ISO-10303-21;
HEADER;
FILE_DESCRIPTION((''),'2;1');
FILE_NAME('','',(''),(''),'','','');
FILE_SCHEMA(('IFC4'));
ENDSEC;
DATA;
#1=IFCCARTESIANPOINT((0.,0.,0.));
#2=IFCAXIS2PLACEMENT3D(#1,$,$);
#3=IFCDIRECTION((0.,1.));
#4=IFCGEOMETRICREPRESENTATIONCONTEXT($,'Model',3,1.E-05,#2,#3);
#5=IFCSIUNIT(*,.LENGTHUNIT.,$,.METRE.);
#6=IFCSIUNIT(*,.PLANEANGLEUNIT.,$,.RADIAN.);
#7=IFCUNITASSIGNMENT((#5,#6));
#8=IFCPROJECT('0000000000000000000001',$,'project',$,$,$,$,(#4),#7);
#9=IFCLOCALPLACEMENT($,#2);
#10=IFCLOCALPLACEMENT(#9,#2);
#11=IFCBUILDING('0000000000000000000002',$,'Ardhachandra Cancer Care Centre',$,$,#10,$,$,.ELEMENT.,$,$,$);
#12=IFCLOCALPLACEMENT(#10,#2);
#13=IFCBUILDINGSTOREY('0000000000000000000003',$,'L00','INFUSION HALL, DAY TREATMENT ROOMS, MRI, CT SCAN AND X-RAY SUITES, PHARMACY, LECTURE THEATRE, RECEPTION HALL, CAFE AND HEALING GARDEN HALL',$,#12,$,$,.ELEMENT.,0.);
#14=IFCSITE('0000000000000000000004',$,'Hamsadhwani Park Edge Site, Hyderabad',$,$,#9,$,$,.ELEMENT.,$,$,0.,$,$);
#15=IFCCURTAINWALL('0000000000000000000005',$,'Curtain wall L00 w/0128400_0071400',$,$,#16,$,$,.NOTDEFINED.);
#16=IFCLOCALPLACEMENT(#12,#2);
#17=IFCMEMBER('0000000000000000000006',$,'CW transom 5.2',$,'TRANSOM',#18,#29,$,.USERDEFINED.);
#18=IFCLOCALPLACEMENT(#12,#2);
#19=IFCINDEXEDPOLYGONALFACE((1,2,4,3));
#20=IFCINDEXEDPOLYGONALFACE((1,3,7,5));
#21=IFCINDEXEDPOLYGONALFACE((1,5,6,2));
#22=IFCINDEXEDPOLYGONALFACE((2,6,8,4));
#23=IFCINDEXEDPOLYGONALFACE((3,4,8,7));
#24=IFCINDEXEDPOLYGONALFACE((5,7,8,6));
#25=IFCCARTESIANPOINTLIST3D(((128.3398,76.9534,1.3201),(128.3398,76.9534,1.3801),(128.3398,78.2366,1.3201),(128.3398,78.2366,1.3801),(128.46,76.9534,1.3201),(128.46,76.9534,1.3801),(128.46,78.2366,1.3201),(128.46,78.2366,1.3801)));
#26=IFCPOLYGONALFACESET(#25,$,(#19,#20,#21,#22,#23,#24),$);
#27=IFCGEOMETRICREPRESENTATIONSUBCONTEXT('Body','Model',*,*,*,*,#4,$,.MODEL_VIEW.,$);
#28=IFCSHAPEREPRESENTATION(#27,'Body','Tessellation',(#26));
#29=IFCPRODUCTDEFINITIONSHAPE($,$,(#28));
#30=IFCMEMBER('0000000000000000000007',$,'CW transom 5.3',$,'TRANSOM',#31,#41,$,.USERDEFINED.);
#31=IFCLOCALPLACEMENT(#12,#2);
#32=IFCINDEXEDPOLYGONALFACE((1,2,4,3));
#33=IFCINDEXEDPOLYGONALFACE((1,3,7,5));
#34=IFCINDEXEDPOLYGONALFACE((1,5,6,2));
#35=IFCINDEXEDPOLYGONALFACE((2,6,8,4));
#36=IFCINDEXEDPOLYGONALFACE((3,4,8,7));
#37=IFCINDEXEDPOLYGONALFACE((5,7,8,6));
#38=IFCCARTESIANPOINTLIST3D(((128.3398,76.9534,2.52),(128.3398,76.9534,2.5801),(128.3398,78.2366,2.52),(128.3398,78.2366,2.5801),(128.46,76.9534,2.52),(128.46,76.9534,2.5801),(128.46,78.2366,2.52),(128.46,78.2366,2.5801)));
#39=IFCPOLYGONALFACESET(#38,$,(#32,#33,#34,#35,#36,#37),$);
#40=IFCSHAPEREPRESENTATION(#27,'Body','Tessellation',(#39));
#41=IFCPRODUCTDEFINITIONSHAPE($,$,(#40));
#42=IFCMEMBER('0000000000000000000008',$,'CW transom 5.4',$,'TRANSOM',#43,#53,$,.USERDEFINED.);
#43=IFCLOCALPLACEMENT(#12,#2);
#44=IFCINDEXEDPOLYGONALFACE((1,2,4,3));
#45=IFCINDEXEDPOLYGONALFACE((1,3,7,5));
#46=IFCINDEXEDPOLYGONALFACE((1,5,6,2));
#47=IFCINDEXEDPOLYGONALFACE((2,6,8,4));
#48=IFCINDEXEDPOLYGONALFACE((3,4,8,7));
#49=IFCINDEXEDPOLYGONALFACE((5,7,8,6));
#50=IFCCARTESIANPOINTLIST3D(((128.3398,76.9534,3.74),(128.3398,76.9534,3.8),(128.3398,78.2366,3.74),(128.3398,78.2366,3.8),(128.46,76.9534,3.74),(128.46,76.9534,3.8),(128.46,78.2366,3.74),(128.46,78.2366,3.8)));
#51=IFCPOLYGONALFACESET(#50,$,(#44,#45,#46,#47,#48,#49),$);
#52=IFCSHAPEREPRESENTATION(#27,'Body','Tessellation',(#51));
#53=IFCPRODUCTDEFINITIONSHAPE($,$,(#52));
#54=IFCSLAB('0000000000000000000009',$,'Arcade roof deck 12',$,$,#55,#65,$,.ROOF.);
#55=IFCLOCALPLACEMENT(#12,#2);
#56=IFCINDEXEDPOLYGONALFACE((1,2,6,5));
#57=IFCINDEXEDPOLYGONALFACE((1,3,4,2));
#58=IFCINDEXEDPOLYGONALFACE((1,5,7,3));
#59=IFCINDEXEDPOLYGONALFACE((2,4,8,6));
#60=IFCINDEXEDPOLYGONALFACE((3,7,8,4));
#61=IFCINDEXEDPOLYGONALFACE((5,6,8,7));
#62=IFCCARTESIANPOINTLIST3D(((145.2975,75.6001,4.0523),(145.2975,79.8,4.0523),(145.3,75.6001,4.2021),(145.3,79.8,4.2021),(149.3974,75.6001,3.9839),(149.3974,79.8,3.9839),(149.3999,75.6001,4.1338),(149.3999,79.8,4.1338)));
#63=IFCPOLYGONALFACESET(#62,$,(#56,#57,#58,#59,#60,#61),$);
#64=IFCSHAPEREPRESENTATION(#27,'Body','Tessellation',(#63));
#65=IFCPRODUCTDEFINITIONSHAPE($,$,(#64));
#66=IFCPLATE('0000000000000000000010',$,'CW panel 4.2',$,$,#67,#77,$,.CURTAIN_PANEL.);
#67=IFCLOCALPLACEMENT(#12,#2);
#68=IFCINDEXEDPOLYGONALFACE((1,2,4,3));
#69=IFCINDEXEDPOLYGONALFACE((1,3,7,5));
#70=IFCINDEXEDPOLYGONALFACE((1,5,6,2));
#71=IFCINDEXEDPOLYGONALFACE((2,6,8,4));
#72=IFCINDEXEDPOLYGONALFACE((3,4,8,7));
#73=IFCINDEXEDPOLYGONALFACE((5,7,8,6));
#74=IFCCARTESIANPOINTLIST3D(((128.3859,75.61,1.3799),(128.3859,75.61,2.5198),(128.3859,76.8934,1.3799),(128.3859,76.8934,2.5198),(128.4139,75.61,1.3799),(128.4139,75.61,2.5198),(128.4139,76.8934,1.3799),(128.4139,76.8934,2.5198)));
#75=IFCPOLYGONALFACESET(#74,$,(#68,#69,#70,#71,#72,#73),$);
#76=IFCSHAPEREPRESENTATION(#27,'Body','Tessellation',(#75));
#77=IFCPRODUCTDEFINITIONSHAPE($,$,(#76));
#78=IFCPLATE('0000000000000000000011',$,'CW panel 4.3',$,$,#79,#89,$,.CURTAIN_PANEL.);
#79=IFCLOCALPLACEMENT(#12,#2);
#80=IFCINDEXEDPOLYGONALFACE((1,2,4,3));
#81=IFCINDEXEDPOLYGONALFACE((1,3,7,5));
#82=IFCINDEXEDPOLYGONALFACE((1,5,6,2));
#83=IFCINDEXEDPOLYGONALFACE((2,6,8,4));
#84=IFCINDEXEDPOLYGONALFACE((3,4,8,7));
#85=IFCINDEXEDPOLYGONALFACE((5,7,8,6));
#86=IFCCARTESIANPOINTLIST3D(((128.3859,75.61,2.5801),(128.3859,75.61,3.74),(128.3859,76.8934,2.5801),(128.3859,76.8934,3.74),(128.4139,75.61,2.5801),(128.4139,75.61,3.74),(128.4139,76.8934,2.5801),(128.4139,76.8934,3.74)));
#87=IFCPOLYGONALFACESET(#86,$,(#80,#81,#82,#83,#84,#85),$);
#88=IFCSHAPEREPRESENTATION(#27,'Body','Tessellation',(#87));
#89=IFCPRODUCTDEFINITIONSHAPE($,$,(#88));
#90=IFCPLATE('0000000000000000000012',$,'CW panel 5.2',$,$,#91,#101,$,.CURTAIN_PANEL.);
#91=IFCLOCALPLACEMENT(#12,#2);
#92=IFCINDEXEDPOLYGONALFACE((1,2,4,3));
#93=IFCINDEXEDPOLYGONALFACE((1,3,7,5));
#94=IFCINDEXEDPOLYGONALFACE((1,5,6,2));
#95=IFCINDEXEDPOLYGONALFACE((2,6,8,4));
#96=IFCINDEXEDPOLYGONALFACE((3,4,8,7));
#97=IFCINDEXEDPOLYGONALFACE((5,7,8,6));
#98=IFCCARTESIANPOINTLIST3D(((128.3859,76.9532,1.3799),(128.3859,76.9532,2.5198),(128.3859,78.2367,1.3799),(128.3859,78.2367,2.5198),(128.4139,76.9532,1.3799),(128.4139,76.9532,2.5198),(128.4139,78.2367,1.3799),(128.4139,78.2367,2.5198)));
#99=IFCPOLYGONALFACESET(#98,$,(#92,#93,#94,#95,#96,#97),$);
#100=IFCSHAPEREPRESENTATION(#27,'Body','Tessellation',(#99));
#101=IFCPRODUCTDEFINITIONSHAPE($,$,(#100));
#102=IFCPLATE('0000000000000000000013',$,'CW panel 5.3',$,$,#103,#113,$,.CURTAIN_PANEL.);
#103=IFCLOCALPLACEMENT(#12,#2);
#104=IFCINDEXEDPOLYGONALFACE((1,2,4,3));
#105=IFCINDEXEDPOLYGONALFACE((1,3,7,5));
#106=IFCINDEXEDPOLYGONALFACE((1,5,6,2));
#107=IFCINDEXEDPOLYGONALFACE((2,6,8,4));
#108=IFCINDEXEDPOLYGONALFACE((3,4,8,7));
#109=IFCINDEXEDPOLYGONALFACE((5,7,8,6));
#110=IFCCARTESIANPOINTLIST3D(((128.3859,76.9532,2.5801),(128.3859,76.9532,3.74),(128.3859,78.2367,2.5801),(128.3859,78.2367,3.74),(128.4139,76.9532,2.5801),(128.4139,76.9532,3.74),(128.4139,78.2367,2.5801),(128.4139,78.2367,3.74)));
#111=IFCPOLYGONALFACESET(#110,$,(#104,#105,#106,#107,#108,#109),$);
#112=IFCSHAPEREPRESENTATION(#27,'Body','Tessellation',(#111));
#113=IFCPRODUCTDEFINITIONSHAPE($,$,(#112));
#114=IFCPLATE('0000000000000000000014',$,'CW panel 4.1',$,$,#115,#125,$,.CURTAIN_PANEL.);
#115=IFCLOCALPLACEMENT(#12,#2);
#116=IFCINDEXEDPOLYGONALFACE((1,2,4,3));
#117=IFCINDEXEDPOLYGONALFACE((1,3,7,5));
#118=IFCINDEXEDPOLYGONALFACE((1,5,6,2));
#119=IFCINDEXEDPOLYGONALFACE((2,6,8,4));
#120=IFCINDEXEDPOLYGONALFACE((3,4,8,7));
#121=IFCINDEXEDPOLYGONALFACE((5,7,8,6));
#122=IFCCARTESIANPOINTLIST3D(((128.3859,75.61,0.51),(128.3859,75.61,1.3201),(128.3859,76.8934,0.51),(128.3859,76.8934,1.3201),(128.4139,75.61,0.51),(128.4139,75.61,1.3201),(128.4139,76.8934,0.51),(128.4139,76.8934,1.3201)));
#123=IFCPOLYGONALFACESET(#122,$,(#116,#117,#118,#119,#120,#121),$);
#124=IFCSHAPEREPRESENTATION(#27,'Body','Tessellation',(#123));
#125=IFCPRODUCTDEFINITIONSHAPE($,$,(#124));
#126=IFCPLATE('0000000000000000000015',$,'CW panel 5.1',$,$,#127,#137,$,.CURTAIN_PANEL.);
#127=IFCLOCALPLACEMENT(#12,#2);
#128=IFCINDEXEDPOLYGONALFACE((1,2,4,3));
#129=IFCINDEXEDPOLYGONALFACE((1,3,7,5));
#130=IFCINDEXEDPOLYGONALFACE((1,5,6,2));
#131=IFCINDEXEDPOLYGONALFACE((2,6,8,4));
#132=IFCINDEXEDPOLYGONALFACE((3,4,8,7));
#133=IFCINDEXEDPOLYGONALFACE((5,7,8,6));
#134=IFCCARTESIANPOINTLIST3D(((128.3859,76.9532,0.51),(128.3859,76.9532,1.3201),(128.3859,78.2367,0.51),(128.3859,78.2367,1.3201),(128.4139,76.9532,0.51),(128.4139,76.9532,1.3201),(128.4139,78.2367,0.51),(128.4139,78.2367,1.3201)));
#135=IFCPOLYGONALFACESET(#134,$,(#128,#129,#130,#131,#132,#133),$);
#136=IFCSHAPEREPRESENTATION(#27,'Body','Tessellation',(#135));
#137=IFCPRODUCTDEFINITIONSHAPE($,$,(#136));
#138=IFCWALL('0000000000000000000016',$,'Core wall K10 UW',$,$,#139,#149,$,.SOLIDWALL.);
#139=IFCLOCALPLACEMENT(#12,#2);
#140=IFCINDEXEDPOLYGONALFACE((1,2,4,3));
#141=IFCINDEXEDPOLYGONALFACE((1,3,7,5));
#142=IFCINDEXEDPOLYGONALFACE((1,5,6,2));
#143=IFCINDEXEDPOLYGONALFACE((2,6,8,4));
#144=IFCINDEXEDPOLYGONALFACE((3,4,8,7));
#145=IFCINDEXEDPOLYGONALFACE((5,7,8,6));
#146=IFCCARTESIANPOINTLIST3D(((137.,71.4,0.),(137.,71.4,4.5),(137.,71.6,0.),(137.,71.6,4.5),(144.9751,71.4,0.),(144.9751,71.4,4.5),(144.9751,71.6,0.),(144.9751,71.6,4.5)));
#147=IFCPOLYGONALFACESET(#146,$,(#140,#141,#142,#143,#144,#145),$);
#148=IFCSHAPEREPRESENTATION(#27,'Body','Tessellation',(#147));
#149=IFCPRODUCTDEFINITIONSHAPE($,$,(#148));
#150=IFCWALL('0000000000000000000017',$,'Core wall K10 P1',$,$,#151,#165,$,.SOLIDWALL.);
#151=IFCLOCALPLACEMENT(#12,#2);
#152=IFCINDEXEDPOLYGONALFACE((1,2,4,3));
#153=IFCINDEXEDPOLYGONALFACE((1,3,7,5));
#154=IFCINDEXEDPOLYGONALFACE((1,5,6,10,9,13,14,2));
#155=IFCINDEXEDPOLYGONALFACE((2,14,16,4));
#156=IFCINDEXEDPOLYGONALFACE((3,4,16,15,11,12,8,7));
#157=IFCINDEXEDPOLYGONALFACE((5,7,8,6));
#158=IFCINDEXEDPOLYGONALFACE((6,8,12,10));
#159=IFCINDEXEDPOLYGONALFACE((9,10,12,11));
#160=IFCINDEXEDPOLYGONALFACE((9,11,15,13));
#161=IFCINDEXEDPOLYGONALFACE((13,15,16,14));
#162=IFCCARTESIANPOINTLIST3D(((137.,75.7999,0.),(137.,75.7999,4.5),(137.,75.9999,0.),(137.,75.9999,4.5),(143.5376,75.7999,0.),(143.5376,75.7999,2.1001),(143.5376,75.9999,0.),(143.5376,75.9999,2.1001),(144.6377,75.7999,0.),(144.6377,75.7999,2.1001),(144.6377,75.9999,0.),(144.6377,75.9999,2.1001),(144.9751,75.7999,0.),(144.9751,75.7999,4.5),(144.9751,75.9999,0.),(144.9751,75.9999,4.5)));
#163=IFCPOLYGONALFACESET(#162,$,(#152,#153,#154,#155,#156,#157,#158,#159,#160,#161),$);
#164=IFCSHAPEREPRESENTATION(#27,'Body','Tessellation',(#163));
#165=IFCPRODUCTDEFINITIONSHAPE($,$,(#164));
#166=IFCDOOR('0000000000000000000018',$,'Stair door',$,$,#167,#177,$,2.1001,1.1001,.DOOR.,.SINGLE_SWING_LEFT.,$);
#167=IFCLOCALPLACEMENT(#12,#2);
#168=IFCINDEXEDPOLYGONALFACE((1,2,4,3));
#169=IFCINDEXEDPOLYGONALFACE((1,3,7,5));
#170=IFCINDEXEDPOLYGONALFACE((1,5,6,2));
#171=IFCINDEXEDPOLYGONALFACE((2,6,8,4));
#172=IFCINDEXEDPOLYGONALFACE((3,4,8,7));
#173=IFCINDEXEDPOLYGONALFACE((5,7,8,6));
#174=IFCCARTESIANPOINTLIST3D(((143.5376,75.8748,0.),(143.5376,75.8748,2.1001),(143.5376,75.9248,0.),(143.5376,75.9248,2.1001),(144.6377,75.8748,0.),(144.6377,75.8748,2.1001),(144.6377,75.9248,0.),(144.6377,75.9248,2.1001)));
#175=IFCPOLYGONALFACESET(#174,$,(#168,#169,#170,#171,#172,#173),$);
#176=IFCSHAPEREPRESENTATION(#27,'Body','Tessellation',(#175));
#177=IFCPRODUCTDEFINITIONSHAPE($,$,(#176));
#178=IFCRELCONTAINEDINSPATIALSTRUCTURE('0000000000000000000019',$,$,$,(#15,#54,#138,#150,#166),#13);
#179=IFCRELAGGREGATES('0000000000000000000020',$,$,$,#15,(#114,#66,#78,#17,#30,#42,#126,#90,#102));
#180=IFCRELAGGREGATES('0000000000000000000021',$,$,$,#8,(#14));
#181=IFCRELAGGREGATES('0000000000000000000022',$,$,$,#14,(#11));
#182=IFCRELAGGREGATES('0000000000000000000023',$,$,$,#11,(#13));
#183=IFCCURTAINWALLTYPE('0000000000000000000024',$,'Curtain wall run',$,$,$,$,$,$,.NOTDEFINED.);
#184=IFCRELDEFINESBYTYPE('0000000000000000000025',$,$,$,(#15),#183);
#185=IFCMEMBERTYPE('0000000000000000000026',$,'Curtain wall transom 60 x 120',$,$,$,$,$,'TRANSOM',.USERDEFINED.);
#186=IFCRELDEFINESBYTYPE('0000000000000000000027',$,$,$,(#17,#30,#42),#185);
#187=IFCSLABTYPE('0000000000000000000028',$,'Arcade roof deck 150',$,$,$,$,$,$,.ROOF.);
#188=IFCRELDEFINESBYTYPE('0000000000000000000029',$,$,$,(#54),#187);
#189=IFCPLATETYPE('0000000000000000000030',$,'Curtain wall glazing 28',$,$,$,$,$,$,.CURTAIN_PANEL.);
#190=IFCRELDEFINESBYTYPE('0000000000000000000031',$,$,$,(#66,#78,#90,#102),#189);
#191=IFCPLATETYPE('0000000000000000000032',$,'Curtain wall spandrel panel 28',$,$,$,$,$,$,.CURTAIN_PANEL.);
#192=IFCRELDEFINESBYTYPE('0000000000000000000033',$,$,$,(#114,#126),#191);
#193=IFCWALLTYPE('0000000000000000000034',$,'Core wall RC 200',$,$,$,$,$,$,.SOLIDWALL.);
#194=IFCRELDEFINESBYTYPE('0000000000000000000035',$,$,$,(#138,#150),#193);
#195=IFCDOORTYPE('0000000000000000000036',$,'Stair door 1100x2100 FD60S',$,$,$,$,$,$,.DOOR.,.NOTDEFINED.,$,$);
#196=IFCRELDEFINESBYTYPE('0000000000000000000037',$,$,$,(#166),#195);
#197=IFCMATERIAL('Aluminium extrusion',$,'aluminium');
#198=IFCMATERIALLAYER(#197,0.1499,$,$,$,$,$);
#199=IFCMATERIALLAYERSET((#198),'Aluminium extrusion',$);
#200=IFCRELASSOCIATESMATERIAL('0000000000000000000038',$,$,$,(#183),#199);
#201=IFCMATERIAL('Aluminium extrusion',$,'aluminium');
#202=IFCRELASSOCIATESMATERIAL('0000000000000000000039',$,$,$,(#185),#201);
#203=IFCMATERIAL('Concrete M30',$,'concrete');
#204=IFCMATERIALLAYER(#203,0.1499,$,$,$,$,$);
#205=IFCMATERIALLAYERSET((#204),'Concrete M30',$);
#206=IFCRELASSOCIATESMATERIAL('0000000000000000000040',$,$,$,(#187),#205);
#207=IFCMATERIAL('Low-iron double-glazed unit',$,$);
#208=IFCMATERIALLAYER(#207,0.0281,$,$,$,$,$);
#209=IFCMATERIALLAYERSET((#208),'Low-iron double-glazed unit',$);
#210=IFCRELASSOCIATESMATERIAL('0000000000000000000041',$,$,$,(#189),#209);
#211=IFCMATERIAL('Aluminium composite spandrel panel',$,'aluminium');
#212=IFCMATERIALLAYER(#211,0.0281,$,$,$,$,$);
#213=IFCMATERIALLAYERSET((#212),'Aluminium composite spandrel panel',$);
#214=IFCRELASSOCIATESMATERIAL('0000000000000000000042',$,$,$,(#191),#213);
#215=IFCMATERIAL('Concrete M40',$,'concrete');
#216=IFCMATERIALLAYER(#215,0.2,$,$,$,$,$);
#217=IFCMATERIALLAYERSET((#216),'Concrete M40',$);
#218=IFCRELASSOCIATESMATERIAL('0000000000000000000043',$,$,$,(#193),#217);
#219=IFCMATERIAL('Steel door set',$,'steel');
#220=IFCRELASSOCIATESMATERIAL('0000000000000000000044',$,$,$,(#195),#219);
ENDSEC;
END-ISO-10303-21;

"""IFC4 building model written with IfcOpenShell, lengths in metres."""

from ifc_helpers import new_model, si_unit, direction, frame, frame_2d, origin, origin_2d, place, context, subcontext, project, spatial, polyline, rectangle, outline, extrude, material, layer, layer_set, material_profile, profile_set, type_object, element, fill, aggregate, save


model = new_model("IFC4")

# Units and contexts
model_context = context("Model", 3, precision=1e-05, world=origin(), true_north=direction((0.0, 1.0)))
body_context = subcontext(model_context, "Body", "Model", "MODEL_VIEW")
ifc_project = project(units=[si_unit("LENGTHUNIT", "METRE"), si_unit("PLANEANGLEUNIT", "RADIAN")], contexts=[model_context])

# Site, building, storey
site_placement = place(None, origin())
site = spatial("IfcSite", under=ifc_project, at=site_placement, Name="Hamsadhwani Park Edge Site, Hyderabad", CompositionType="ELEMENT", RefElevation=0.0)
building_placement = place(site_placement, origin())
building = spatial("IfcBuilding", under=site, at=building_placement, Name="Ardhachandra Cancer Care Centre", CompositionType="ELEMENT")
storey_placement = place(building_placement, origin())
storey = spatial("IfcBuildingStorey", under=building, at=storey_placement, Name="L00", Description="INFUSION HALL, DAY TREATMENT ROOMS, MRI, CT SCAN AND X-RAY SUITES, PHARMACY, LECTURE THEATRE, RECEPTION HALL, CAFE AND HEALING GARDEN HALL", CompositionType="ELEMENT", Elevation=0.0)

# Curtain wall, members
ifc_material_1 = material(Name="Aluminium extrusion", Category="aluminium")
ifc_layer_1 = layer(ifc_material_1, 0.1499)
ifc_layer_set_1 = layer_set([ifc_layer_1], Name="Aluminium extrusion")
curtain_wall_type = type_object("IfcCurtainWallType", Name="Curtain wall run", PredefinedType="NOTDEFINED", material=ifc_layer_set_1)
curtain_wall_placement = place(storey_placement, origin())
curtain_wall = element("IfcCurtainWall", 1, at=curtain_wall_placement, inside=storey, type_object=curtain_wall_type, Name="Curtain wall L00 w/0128400_0071400", PredefinedType="NOTDEFINED")
ifc_material_2 = material(Name="Aluminium extrusion", Category="aluminium")
ifc_material_profile_1 = material_profile(ifc_material_2, rectangle(XDim=0.1201, YDim=0.0601, at=origin_2d()), Name="Curtain wall transom 60 x 120")
ifc_profile_set_1 = profile_set([ifc_material_profile_1], Name="Aluminium extrusion")
member_type_1 = type_object("IfcMemberType", Name="Curtain wall transom 60 x 120", ElementType="TRANSOM", PredefinedType="USERDEFINED", material=ifc_profile_set_1)
member_1_placement = place(storey_placement, frame((128.3999, 76.9534, 1.3501), z_axis=(0.0, 1.0, 0.0), x_axis=(-1.0, 0.0, 0.0)))
member_1 = element("IfcMember", 2, at=member_1_placement, type_object=member_type_1, Name="CW transom 5.2", ObjectType="TRANSOM", PredefinedType="USERDEFINED", context=body_context, shape_type="SweptSolid", body=[
    extrude(rectangle(XDim=0.1201, YDim=0.0601, at=origin_2d()), origin(), (0.0, 0.0, 1.0), 1.2832),
])
member_2_placement = place(storey_placement, frame((128.3999, 76.9534, 2.55), z_axis=(0.0, 1.0, 0.0), x_axis=(-1.0, 0.0, 0.0)))
member_2 = element("IfcMember", 3, at=member_2_placement, type_object=member_type_1, Name="CW transom 5.3", ObjectType="TRANSOM", PredefinedType="USERDEFINED", context=body_context, shape_type="SweptSolid", body=[
    extrude(rectangle(XDim=0.1201, YDim=0.0601, at=origin_2d()), origin(), (0.0, 0.0, 1.0), 1.2832),
])
member_3_placement = place(storey_placement, frame((128.3999, 76.9534, 3.77), z_axis=(0.0, 1.0, 0.0), x_axis=(-1.0, 0.0, 0.0)))
member_3 = element("IfcMember", 4, at=member_3_placement, type_object=member_type_1, Name="CW transom 5.4", ObjectType="TRANSOM", PredefinedType="USERDEFINED", context=body_context, shape_type="SweptSolid", body=[
    extrude(rectangle(XDim=0.1201, YDim=0.0601, at=origin_2d()), origin(), (0.0, 0.0, 1.0), 1.2832),
])

# Slab
ifc_material_3 = material(Name="Concrete M30", Category="concrete")
ifc_layer_2 = layer(ifc_material_3, 0.1499)
ifc_layer_set_2 = layer_set([ifc_layer_2], Name="Concrete M30")
slab_type = type_object("IfcSlabType", Name="Arcade roof deck 150", PredefinedType="ROOF", material=ifc_layer_set_2)
slab_placement = place(storey_placement, frame((145.3, 75.6001, 4.2021), z_axis=(0.016671, 0.0, 0.999861), x_axis=(0.999861, 0.0, -0.016671)))
element("IfcSlab", 5, at=slab_placement, inside=storey, type_object=slab_type, Name="Arcade roof deck 12", PredefinedType="ROOF", context=body_context, shape_type="SweptSolid", body=[
    extrude(outline(polyline([(0.0, 0.0), (4.1004, 0.0), (4.1004, 4.2), (0.0, 4.2), (0.0, 0.0)])), origin(), (0.0, 0.0, -1.0), 0.1499),
])

# Plates
ifc_material_4 = material(Name="Low-iron double-glazed unit")
ifc_layer_3 = layer(ifc_material_4, 0.0281)
ifc_layer_set_3 = layer_set([ifc_layer_3], Name="Low-iron double-glazed unit")
plate_type_1 = type_object("IfcPlateType", Name="Curtain wall glazing 28", PredefinedType="CURTAIN_PANEL", material=ifc_layer_set_3)
plate_1_placement = place(storey_placement, frame((128.3999, 76.2517, 1.3799), z_axis=(0.0, 0.0, 1.0), x_axis=(0.0, 1.0, 0.0)))
plate_1 = element("IfcPlate", 6, at=plate_1_placement, type_object=plate_type_1, Name="CW panel 4.2", PredefinedType="CURTAIN_PANEL", context=body_context, shape_type="SweptSolid", body=[
    extrude(rectangle(XDim=1.2834, YDim=0.0281, at=origin_2d()), origin(), (0.0, 0.0, 1.0), 1.1399),
])
plate_2_placement = place(storey_placement, frame((128.3999, 76.2517, 2.5801), z_axis=(0.0, 0.0, 1.0), x_axis=(0.0, 1.0, 0.0)))
plate_2 = element("IfcPlate", 7, at=plate_2_placement, type_object=plate_type_1, Name="CW panel 4.3", PredefinedType="CURTAIN_PANEL", context=body_context, shape_type="SweptSolid", body=[
    extrude(rectangle(XDim=1.2834, YDim=0.0281, at=origin_2d()), origin(), (0.0, 0.0, 1.0), 1.1599),
])
plate_3_placement = place(storey_placement, frame((128.3999, 77.595, 1.3799), z_axis=(0.0, 0.0, 1.0), x_axis=(0.0, 1.0, 0.0)))
plate_3 = element("IfcPlate", 8, at=plate_3_placement, type_object=plate_type_1, Name="CW panel 5.2", PredefinedType="CURTAIN_PANEL", context=body_context, shape_type="SweptSolid", body=[
    extrude(rectangle(XDim=1.2834, YDim=0.0281, at=origin_2d()), origin(), (0.0, 0.0, 1.0), 1.1399),
])
plate_4_placement = place(storey_placement, frame((128.3999, 77.595, 2.5801), z_axis=(0.0, 0.0, 1.0), x_axis=(0.0, 1.0, 0.0)))
plate_4 = element("IfcPlate", 9, at=plate_4_placement, type_object=plate_type_1, Name="CW panel 5.3", PredefinedType="CURTAIN_PANEL", context=body_context, shape_type="SweptSolid", body=[
    extrude(rectangle(XDim=1.2834, YDim=0.0281, at=origin_2d()), origin(), (0.0, 0.0, 1.0), 1.1599),
])
ifc_material_5 = material(Name="Aluminium composite spandrel panel", Category="aluminium")
ifc_layer_4 = layer(ifc_material_5, 0.0281)
ifc_layer_set_4 = layer_set([ifc_layer_4], Name="Aluminium composite spandrel panel")
plate_type_2 = type_object("IfcPlateType", Name="Curtain wall spandrel panel 28", PredefinedType="CURTAIN_PANEL", material=ifc_layer_set_4)
plate_5_placement = place(storey_placement, frame((128.3999, 76.2517, 0.51), z_axis=(0.0, 0.0, 1.0), x_axis=(0.0, 1.0, 0.0)))
plate_5 = element("IfcPlate", 10, at=plate_5_placement, type_object=plate_type_2, Name="CW panel 4.1", PredefinedType="CURTAIN_PANEL", context=body_context, shape_type="SweptSolid", body=[
    extrude(rectangle(XDim=1.2834, YDim=0.0281, at=origin_2d()), origin(), (0.0, 0.0, 1.0), 0.8101),
])
plate_6_placement = place(storey_placement, frame((128.3999, 77.595, 0.51), z_axis=(0.0, 0.0, 1.0), x_axis=(0.0, 1.0, 0.0)))
plate_6 = element("IfcPlate", 11, at=plate_6_placement, type_object=plate_type_2, Name="CW panel 5.1", PredefinedType="CURTAIN_PANEL", context=body_context, shape_type="SweptSolid", body=[
    extrude(rectangle(XDim=1.2834, YDim=0.0281, at=origin_2d()), origin(), (0.0, 0.0, 1.0), 0.8101),
])
aggregate(curtain_wall, [plate_5, plate_1, plate_2, member_1, member_2, member_3, plate_6, plate_3, plate_4])

# Wall
ifc_material_6 = material(Name="Concrete M40", Category="concrete")
ifc_layer_5 = layer(ifc_material_6, 0.2)
ifc_layer_set_5 = layer_set([ifc_layer_5], Name="Concrete M40")
wall_type = type_object("IfcWallType", Name="Core wall RC 200", PredefinedType="SOLIDWALL", material=ifc_layer_set_5)
wall_1_placement = place(storey_placement, frame((137.0, 71.5, 0.0), z_axis=(0.0, 0.0, 1.0), x_axis=(1.0, 0.0, 0.0)))
element("IfcWall", 12, at=wall_1_placement, inside=storey, type_object=wall_type, Name="Core wall K10 UW", PredefinedType="SOLIDWALL", context=body_context, shape_type="SweptSolid", body=[
    extrude(rectangle(XDim=7.9751, YDim=0.2, at=frame_2d((3.9875, 0.0))), origin(), (0.0, 0.0, 1.0), 4.5),
])

# Wall, opening, door
wall_2_placement = place(storey_placement, frame((137.0, 75.8999, 0.0), z_axis=(0.0, 0.0, 1.0), x_axis=(1.0, 0.0, 0.0)))
wall_2 = element("IfcWall", 13, at=wall_2_placement, inside=storey, type_object=wall_type, Name="Core wall K10 P1", PredefinedType="SOLIDWALL", context=body_context, shape_type="SweptSolid", body=[
    extrude(rectangle(XDim=7.9751, YDim=0.2, at=frame_2d((3.9875, 0.0))), origin(), (0.0, 0.0, 1.0), 4.5),
])
opening_placement = place(wall_2_placement, frame((6.5376, 0.0, 0.0)))
opening = element("IfcOpeningElement", 14, at=opening_placement, cuts=wall_2, PredefinedType="OPENING", context=body_context, shape_type="SweptSolid", body=[
    extrude(rectangle(XDim=1.1001, YDim=2.1001, at=frame_2d((0.55, 1.05))), frame((0.0, 0.1099, 0.0), z_axis=(0.0, -1.0, 0.0), x_axis=(1.0, 0.0, 0.0)), (0.0, 0.0, 1.0), 0.22),
])
ifc_material_7 = material(Name="Steel door set", Category="steel")
door_type = type_object("IfcDoorType", Name="Stair door 1100x2100 FD60S", OperationType="NOTDEFINED", PredefinedType="DOOR", material=ifc_material_7)
door_placement = place(opening_placement, origin())
door = element("IfcDoor", 15, at=door_placement, inside=storey, type_object=door_type, Name="Stair door", OperationType="SINGLE_SWING_LEFT", OverallHeight=2.1001, OverallWidth=1.1001, PredefinedType="DOOR", context=body_context, shape_type="SweptSolid", body=[
    extrude(rectangle(XDim=1.1001, YDim=2.1001, at=frame_2d((0.55, 1.05))), frame((0.0, 0.0249, 0.0), z_axis=(0.0, -1.0, 0.0), x_axis=(1.0, 0.0, 0.0)), (0.0, 0.0, 1.0), 0.05),
])
fill(opening, door)

save(model, "model.ifc")
